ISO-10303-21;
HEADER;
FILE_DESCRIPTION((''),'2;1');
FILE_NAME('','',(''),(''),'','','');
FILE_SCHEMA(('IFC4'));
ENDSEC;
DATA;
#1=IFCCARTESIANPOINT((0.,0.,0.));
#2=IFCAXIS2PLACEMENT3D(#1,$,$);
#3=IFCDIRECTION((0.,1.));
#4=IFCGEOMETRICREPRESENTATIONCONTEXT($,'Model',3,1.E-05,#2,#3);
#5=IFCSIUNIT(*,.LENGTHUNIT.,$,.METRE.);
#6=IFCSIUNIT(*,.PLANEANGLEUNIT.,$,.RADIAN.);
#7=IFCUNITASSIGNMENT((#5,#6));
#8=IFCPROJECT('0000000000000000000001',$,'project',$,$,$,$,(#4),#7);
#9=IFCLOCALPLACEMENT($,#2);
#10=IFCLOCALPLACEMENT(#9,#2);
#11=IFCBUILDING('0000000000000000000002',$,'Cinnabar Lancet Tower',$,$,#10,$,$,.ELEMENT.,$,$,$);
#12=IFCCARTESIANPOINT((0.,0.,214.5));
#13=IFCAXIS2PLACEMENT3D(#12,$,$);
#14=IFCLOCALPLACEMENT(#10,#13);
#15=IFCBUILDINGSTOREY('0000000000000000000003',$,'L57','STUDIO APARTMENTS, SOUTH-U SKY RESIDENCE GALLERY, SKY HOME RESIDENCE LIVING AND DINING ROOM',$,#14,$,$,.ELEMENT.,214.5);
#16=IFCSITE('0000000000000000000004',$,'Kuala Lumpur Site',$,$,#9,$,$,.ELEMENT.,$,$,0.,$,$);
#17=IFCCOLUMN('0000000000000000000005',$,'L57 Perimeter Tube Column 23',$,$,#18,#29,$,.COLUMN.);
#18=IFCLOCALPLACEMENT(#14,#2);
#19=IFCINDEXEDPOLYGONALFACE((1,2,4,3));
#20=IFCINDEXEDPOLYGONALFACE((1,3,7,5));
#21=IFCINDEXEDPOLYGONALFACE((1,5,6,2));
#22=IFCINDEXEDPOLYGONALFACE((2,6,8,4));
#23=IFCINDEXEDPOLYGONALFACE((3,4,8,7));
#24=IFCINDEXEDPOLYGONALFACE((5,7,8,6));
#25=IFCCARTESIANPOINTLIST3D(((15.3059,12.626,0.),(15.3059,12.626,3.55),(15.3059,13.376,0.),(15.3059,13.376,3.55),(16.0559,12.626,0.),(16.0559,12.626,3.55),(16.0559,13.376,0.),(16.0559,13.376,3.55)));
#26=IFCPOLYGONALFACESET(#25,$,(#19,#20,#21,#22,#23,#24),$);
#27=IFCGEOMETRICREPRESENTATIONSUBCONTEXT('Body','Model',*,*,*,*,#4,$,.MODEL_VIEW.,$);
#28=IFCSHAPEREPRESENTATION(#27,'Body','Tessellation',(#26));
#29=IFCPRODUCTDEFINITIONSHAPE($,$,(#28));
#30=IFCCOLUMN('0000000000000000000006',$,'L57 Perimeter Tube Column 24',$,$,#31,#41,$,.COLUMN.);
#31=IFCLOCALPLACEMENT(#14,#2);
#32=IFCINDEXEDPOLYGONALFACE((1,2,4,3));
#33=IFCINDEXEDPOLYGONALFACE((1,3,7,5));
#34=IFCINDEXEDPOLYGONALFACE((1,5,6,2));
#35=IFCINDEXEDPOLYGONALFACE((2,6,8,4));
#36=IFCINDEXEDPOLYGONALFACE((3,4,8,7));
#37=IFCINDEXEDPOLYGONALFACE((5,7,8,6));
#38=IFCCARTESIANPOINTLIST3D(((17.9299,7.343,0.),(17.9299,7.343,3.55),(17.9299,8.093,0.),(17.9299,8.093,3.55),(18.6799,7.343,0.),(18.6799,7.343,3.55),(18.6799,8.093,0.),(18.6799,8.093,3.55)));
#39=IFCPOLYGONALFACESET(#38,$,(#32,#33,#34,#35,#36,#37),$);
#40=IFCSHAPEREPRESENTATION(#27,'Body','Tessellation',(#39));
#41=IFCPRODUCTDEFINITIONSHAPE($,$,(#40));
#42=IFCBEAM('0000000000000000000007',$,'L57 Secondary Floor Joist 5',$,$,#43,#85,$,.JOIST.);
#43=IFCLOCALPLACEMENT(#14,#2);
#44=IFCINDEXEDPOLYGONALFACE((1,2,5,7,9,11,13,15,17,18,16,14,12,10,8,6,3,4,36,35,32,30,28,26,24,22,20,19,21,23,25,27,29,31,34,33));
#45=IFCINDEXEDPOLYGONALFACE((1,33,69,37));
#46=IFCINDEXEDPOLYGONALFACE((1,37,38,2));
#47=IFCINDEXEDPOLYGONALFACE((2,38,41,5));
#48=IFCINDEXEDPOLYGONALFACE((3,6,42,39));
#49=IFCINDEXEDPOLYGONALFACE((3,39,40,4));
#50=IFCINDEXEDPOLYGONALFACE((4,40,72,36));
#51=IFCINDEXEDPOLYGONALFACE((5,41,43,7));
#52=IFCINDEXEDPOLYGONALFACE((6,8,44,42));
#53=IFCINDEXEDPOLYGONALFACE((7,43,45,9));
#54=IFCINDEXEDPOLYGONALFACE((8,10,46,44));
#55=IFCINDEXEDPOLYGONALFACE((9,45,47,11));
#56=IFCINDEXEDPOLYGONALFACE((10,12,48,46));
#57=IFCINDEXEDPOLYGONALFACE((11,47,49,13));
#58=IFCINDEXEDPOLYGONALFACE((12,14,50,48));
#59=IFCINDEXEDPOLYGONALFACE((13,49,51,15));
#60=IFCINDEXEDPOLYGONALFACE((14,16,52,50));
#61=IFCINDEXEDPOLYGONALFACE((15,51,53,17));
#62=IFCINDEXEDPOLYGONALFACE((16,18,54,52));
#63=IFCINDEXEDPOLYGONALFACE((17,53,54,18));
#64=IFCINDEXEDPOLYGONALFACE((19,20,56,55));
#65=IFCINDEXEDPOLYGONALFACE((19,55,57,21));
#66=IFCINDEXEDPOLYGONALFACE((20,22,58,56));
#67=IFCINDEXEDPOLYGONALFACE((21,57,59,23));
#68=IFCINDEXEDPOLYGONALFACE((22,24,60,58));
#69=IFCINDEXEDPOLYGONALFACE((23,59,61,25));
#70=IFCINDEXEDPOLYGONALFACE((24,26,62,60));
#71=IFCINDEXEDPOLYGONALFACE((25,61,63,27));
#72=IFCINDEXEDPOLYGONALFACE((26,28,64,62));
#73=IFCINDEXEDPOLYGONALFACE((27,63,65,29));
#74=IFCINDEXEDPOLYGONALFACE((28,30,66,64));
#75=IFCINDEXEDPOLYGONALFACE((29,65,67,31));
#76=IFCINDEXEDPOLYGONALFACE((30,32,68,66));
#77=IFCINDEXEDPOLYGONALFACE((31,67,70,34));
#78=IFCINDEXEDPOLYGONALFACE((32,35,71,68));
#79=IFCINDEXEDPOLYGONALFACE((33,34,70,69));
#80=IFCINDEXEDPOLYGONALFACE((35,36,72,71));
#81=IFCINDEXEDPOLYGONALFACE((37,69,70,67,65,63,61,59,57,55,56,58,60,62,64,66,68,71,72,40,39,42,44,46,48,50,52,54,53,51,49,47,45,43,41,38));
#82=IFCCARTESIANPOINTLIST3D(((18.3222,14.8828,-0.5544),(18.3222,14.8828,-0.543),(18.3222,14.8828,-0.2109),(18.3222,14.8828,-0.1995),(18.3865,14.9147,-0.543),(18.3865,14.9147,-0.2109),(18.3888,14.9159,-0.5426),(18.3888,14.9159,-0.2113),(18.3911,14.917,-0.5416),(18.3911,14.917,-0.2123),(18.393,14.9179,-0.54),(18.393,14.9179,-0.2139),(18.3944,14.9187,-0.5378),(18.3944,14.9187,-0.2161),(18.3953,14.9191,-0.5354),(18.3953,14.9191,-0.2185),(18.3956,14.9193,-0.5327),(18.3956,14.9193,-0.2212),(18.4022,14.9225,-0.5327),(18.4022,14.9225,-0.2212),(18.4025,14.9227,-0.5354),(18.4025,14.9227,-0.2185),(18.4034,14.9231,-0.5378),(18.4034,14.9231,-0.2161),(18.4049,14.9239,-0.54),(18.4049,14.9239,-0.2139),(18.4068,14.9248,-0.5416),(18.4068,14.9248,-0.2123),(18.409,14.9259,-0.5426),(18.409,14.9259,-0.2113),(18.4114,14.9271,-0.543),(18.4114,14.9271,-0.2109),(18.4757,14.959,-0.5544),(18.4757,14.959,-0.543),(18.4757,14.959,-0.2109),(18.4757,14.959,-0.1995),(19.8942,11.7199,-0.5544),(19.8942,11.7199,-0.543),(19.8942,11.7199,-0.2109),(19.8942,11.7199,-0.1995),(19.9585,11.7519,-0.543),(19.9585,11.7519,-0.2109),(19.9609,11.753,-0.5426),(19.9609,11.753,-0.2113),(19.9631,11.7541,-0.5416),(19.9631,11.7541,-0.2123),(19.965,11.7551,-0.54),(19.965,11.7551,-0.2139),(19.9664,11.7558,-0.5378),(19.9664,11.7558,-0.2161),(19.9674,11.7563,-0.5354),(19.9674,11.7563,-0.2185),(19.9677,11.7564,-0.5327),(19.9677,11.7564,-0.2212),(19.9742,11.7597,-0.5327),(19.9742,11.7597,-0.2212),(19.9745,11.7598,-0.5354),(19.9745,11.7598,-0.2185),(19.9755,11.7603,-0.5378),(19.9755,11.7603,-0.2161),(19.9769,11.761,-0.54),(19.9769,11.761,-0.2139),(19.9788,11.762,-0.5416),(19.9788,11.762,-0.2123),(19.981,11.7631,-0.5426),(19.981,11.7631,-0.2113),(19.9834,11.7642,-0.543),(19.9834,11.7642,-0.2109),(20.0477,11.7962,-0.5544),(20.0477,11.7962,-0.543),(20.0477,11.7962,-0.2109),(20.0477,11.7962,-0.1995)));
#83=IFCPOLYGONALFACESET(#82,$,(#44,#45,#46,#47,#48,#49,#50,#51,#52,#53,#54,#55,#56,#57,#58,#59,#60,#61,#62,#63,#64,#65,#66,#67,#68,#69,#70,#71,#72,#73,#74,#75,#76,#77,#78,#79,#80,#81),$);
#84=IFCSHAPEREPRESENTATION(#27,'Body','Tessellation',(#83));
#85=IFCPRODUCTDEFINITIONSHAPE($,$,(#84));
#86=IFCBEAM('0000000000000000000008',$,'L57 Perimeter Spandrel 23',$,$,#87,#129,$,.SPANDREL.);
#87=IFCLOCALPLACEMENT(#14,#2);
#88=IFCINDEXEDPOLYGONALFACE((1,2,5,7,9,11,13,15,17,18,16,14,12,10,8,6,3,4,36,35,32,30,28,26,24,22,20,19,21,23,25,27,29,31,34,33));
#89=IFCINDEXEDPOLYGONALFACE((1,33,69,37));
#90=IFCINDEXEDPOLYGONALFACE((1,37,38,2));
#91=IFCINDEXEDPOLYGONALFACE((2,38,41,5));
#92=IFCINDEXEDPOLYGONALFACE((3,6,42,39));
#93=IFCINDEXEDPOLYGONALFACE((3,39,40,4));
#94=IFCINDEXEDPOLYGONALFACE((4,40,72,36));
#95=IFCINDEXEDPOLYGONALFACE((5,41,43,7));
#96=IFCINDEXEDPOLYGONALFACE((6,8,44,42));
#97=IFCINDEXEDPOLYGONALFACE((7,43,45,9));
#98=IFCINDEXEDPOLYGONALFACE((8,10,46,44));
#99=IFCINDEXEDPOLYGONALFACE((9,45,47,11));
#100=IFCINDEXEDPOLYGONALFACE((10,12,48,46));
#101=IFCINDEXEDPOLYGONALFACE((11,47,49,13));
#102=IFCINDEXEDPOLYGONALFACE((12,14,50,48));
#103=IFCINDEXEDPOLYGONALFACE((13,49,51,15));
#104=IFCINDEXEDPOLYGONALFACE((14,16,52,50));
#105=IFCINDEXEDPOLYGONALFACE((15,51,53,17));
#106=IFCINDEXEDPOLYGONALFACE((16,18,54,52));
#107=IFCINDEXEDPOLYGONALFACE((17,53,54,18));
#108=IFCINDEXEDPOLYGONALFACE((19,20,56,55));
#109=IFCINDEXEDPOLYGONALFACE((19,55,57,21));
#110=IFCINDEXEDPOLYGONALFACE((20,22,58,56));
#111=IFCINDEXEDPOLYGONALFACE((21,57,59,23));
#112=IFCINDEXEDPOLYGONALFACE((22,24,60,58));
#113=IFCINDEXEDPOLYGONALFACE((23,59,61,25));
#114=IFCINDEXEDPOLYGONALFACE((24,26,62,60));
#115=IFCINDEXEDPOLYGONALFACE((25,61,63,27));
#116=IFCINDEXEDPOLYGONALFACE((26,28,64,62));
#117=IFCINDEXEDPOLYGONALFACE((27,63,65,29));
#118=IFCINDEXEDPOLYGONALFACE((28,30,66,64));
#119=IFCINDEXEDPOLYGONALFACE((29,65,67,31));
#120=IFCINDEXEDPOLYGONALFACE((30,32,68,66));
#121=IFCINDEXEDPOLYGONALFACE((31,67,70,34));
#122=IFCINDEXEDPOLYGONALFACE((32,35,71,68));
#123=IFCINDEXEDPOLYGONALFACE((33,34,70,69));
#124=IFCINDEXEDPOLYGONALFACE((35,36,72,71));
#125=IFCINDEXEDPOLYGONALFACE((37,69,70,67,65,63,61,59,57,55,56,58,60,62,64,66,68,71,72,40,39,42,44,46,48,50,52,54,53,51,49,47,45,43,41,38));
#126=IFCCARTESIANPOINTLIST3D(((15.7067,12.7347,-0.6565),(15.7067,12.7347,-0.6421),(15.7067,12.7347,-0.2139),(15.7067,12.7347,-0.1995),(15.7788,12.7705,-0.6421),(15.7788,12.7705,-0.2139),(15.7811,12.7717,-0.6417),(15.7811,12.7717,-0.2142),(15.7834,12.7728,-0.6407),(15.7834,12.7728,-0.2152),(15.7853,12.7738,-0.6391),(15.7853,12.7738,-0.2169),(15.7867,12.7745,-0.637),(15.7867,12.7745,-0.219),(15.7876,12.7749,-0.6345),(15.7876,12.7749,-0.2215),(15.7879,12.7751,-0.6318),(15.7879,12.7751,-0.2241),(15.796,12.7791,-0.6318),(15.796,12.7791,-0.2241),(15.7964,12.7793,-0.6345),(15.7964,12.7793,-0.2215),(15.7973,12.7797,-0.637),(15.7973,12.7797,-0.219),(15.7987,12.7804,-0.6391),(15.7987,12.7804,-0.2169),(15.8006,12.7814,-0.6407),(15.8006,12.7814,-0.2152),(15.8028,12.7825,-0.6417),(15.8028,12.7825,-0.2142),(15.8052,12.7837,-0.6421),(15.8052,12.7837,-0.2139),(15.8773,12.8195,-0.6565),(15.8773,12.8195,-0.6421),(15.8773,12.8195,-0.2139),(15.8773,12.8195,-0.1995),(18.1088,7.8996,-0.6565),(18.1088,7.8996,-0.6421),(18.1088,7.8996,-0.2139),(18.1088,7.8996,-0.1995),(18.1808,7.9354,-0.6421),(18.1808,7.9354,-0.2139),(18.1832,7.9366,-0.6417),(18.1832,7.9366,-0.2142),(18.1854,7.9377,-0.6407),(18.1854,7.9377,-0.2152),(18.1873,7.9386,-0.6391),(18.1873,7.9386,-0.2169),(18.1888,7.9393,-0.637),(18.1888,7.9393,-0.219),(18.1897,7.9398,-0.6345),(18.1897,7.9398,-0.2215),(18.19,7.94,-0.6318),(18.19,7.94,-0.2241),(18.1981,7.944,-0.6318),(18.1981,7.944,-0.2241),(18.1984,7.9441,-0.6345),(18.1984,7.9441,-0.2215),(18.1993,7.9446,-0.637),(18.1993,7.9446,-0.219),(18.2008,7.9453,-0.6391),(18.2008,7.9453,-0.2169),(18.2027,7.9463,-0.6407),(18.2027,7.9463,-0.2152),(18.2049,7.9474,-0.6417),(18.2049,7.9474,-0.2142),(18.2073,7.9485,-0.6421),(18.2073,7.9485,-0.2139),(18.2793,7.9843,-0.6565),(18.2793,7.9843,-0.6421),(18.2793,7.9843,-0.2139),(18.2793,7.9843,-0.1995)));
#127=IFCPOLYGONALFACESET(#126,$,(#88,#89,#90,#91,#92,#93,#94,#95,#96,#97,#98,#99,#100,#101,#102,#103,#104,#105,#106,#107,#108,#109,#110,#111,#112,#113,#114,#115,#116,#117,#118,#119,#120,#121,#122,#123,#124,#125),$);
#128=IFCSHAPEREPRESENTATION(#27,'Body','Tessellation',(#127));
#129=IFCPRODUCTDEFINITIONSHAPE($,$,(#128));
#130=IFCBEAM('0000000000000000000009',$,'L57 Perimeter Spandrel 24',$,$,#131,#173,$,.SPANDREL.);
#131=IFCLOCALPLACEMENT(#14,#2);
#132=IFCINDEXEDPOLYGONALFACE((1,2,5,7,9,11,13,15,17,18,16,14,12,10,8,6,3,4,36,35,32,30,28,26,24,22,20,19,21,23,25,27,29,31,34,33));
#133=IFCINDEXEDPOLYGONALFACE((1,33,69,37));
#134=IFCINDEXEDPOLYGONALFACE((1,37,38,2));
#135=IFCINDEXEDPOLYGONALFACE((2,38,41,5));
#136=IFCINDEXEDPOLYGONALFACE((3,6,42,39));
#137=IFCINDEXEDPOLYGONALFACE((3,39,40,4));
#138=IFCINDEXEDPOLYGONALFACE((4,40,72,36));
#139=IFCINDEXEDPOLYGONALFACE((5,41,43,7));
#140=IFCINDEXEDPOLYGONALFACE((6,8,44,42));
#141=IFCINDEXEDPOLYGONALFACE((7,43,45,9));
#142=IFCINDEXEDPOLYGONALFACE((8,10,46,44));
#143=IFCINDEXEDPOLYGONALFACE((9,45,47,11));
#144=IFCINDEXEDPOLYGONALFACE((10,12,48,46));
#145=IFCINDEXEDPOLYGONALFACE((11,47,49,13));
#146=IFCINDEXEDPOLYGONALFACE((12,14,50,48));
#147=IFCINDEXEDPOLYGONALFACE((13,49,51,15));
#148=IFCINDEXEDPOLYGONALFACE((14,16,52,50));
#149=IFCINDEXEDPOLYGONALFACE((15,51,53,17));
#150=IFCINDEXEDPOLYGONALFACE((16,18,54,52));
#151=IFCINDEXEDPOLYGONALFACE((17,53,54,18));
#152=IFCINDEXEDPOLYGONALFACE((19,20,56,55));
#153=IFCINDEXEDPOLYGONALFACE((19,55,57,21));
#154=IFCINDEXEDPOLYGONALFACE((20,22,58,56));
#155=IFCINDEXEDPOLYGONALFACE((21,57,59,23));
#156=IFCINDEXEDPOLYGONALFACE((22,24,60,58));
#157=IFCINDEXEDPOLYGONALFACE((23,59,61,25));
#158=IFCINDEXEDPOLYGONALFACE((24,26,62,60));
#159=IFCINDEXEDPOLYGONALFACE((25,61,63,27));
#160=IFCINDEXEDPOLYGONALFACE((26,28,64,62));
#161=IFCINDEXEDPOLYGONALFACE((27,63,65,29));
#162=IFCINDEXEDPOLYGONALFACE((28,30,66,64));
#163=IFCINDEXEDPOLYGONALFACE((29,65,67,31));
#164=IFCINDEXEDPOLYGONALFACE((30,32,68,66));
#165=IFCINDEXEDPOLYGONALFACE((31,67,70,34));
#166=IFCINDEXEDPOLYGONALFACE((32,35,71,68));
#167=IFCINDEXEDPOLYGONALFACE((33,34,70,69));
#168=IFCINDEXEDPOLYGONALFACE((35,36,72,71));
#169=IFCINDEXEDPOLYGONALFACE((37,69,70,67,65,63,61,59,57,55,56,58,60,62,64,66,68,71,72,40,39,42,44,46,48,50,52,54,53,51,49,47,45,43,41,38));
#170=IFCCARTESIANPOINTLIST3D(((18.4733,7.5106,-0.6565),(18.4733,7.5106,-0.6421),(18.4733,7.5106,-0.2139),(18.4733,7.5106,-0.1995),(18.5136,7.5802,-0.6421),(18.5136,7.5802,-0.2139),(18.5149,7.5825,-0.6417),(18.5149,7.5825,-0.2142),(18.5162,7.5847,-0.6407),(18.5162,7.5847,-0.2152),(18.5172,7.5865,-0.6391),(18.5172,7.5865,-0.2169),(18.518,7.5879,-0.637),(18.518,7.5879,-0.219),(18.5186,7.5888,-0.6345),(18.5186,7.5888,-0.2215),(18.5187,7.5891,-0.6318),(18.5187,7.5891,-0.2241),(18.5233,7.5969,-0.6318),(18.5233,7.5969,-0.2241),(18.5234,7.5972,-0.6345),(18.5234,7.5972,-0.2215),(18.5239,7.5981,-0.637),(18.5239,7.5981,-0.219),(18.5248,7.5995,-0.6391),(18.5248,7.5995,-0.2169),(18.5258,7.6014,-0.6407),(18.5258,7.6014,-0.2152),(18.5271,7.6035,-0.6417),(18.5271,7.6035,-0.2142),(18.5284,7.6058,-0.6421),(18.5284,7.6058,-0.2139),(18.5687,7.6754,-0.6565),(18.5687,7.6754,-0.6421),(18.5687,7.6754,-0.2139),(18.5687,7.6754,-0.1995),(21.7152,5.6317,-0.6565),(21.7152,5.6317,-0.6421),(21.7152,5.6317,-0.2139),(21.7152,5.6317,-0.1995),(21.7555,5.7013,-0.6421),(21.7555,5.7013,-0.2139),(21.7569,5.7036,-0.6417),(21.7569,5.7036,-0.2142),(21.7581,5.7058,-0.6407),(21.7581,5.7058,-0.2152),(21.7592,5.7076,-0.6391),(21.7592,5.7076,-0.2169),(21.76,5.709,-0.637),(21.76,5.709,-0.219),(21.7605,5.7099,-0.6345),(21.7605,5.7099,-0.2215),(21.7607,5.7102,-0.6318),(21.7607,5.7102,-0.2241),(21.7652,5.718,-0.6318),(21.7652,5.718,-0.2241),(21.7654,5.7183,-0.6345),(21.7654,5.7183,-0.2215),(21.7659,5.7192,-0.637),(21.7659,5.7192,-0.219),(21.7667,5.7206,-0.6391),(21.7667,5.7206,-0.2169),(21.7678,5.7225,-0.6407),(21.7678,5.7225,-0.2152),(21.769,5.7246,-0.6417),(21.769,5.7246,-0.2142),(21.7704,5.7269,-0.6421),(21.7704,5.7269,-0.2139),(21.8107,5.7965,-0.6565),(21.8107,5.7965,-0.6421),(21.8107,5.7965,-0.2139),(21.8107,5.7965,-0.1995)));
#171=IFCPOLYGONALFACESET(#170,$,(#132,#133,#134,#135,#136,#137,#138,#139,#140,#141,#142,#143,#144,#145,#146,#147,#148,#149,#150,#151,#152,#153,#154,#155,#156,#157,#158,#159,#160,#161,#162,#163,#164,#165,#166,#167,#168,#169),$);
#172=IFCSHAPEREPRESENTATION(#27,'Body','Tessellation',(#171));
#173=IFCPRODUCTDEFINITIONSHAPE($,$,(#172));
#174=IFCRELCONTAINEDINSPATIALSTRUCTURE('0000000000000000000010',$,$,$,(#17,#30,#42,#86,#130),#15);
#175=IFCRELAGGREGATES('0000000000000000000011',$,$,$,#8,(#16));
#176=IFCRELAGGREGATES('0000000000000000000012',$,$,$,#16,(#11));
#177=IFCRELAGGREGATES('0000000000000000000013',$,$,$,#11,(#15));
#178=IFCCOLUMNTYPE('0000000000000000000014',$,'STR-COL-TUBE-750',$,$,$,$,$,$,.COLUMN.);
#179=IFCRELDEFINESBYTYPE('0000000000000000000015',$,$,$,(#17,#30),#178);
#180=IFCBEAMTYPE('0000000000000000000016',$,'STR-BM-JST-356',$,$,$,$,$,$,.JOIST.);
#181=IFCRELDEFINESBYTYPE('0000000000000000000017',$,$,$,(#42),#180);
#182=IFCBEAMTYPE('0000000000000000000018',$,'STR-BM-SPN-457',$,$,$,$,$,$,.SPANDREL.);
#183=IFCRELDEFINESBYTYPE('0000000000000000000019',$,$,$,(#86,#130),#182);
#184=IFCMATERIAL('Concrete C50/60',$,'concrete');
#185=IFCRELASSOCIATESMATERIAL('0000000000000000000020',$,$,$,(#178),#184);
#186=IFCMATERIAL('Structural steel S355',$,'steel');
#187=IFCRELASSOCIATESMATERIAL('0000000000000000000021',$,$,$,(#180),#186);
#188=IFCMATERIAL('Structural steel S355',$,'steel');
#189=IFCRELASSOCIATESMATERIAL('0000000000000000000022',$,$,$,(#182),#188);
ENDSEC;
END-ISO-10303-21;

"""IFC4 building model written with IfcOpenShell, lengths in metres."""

from ifc_helpers import new_model, si_unit, direction, frame, origin, origin_2d, place, context, subcontext, project, spatial, rectangle, i_section, extrude, material, material_profile, profile_set, type_object, element, save


model = new_model("IFC4")

# Units and contexts
model_context = context("Model", 3, precision=1e-05, world=origin(), true_north=direction((0.0, 1.0)))
body_context = subcontext(model_context, "Body", "Model", "MODEL_VIEW")
ifc_project = project(units=[si_unit("LENGTHUNIT", "METRE"), si_unit("PLANEANGLEUNIT", "RADIAN")], contexts=[model_context])

# Site, building, storey
site_placement = place(None, origin())
site = spatial("IfcSite", under=ifc_project, at=site_placement, Name="Kuala Lumpur Site", CompositionType="ELEMENT", RefElevation=0.0)
building_placement = place(site_placement, origin())
building = spatial("IfcBuilding", under=site, at=building_placement, Name="Cinnabar Lancet Tower", CompositionType="ELEMENT")
storey_placement = place(building_placement, frame((0.0, 0.0, 214.5)))
storey = spatial("IfcBuildingStorey", under=building, at=storey_placement, Name="L57", Description="STUDIO APARTMENTS, SOUTH-U SKY RESIDENCE GALLERY, SKY HOME RESIDENCE LIVING AND DINING ROOM", CompositionType="ELEMENT", Elevation=214.5)

# Columns
ifc_material_1 = material(Name="Concrete C50/60", Category="concrete")
ifc_material_profile_1 = material_profile(ifc_material_1, rectangle(XDim=0.75, YDim=0.75, at=origin_2d()), Name="RC-COL 750x750")
ifc_profile_set_1 = profile_set([ifc_material_profile_1], Name="Concrete C50/60")
column_type = type_object("IfcColumnType", Name="STR-COL-TUBE-750", PredefinedType="COLUMN", material=ifc_profile_set_1)
for number, where, z_axis, x_axis, name in (
    (1, (15.6809, 13.001, 0.0), (0.0, 0.0, 1.0), (1.0, 0.0, 0.0), "L57 Perimeter Tube Column 23"),
    (2, (18.3049, 7.718, 0.0), (0.0, 0.0, 1.0), (1.0, 0.0, 0.0), "L57 Perimeter Tube Column 24"),
):
    element("IfcColumn", number, at=place(storey_placement, frame(where, z_axis=z_axis, x_axis=x_axis)), inside=storey, type_object=column_type, Name=name, PredefinedType="COLUMN", context=body_context, shape_type="SweptSolid", body=[
        extrude(rectangle(XDim=0.75, YDim=0.75, at=origin_2d()), origin(), (0.0, 0.0, 1.0), 3.55),
    ])

# Beams
ifc_material_2 = material(Name="Structural steel S355", Category="steel")
ifc_material_profile_2 = material_profile(ifc_material_2, i_section(OverallWidth=0.1714, OverallDepth=0.355, WebThickness=0.0073, FlangeThickness=0.0115, FilletRadius=0.0103, at=origin_2d()), Name="UKB 356x171x51")
ifc_profile_set_2 = profile_set([ifc_material_profile_2], Name="Structural steel S355")
beam_type_1 = type_object("IfcBeamType", Name="STR-BM-JST-356", PredefinedType="JOIST", material=ifc_profile_set_2)
beam_1_placement = place(storey_placement, frame((18.3989, 14.9209, -0.377), z_axis=(0.445083, -0.895489, 0.0), x_axis=(0.895489, 0.445083, 0.0)))
element("IfcBeam", 3, at=beam_1_placement, inside=storey, type_object=beam_type_1, Name="L57 Secondary Floor Joist 5", PredefinedType="JOIST", context=body_context, shape_type="SweptSolid", body=[
    extrude(i_section(OverallWidth=0.1714, OverallDepth=0.355, WebThickness=0.0073, FlangeThickness=0.0115, FilletRadius=0.0103, at=origin_2d()), origin(), (0.0, 0.0, 1.0), 3.532),
])
ifc_material_3 = material(Name="Structural steel S355", Category="steel")
ifc_material_profile_3 = material_profile(ifc_material_3, i_section(OverallWidth=0.1904, OverallDepth=0.457, WebThickness=0.009, FlangeThickness=0.0144, FilletRadius=0.0103, at=origin_2d()), Name="UKB 457x191x74")
ifc_profile_set_3 = profile_set([ifc_material_profile_3], Name="Structural steel S355")
beam_type_2 = type_object("IfcBeamType", Name="STR-BM-SPN-457", PredefinedType="SPANDREL", material=ifc_profile_set_3)
beam_2_placement = place(storey_placement, frame((15.792, 12.7771, -0.428), z_axis=(0.444915, -0.895573, 0.0), x_axis=(0.895573, 0.444915, 0.0)))
element("IfcBeam", 4, at=beam_2_placement, inside=storey, type_object=beam_type_2, Name="L57 Perimeter Spandrel 23", PredefinedType="SPANDREL", context=body_context, shape_type="SweptSolid", body=[
    extrude(i_section(OverallWidth=0.1904, OverallDepth=0.457, WebThickness=0.009, FlangeThickness=0.0144, FilletRadius=0.0103, at=origin_2d()), origin(), (0.0, 0.0, 1.0), 5.3989),
])
beam_3_placement = place(storey_placement, frame((18.521, 7.593, -0.428), z_axis=(0.865196, -0.501434, 0.0), x_axis=(0.501434, 0.865196, 0.0)))
element("IfcBeam", 5, at=beam_3_placement, inside=storey, type_object=beam_type_2, Name="L57 Perimeter Spandrel 24", PredefinedType="SPANDREL", context=body_context, shape_type="SweptSolid", body=[
    extrude(i_section(OverallWidth=0.1904, OverallDepth=0.457, WebThickness=0.009, FlangeThickness=0.0144, FilletRadius=0.0103, at=origin_2d()), origin(), (0.0, 0.0, 1.0), 3.7471),
])

save(model, "model.ifc")
